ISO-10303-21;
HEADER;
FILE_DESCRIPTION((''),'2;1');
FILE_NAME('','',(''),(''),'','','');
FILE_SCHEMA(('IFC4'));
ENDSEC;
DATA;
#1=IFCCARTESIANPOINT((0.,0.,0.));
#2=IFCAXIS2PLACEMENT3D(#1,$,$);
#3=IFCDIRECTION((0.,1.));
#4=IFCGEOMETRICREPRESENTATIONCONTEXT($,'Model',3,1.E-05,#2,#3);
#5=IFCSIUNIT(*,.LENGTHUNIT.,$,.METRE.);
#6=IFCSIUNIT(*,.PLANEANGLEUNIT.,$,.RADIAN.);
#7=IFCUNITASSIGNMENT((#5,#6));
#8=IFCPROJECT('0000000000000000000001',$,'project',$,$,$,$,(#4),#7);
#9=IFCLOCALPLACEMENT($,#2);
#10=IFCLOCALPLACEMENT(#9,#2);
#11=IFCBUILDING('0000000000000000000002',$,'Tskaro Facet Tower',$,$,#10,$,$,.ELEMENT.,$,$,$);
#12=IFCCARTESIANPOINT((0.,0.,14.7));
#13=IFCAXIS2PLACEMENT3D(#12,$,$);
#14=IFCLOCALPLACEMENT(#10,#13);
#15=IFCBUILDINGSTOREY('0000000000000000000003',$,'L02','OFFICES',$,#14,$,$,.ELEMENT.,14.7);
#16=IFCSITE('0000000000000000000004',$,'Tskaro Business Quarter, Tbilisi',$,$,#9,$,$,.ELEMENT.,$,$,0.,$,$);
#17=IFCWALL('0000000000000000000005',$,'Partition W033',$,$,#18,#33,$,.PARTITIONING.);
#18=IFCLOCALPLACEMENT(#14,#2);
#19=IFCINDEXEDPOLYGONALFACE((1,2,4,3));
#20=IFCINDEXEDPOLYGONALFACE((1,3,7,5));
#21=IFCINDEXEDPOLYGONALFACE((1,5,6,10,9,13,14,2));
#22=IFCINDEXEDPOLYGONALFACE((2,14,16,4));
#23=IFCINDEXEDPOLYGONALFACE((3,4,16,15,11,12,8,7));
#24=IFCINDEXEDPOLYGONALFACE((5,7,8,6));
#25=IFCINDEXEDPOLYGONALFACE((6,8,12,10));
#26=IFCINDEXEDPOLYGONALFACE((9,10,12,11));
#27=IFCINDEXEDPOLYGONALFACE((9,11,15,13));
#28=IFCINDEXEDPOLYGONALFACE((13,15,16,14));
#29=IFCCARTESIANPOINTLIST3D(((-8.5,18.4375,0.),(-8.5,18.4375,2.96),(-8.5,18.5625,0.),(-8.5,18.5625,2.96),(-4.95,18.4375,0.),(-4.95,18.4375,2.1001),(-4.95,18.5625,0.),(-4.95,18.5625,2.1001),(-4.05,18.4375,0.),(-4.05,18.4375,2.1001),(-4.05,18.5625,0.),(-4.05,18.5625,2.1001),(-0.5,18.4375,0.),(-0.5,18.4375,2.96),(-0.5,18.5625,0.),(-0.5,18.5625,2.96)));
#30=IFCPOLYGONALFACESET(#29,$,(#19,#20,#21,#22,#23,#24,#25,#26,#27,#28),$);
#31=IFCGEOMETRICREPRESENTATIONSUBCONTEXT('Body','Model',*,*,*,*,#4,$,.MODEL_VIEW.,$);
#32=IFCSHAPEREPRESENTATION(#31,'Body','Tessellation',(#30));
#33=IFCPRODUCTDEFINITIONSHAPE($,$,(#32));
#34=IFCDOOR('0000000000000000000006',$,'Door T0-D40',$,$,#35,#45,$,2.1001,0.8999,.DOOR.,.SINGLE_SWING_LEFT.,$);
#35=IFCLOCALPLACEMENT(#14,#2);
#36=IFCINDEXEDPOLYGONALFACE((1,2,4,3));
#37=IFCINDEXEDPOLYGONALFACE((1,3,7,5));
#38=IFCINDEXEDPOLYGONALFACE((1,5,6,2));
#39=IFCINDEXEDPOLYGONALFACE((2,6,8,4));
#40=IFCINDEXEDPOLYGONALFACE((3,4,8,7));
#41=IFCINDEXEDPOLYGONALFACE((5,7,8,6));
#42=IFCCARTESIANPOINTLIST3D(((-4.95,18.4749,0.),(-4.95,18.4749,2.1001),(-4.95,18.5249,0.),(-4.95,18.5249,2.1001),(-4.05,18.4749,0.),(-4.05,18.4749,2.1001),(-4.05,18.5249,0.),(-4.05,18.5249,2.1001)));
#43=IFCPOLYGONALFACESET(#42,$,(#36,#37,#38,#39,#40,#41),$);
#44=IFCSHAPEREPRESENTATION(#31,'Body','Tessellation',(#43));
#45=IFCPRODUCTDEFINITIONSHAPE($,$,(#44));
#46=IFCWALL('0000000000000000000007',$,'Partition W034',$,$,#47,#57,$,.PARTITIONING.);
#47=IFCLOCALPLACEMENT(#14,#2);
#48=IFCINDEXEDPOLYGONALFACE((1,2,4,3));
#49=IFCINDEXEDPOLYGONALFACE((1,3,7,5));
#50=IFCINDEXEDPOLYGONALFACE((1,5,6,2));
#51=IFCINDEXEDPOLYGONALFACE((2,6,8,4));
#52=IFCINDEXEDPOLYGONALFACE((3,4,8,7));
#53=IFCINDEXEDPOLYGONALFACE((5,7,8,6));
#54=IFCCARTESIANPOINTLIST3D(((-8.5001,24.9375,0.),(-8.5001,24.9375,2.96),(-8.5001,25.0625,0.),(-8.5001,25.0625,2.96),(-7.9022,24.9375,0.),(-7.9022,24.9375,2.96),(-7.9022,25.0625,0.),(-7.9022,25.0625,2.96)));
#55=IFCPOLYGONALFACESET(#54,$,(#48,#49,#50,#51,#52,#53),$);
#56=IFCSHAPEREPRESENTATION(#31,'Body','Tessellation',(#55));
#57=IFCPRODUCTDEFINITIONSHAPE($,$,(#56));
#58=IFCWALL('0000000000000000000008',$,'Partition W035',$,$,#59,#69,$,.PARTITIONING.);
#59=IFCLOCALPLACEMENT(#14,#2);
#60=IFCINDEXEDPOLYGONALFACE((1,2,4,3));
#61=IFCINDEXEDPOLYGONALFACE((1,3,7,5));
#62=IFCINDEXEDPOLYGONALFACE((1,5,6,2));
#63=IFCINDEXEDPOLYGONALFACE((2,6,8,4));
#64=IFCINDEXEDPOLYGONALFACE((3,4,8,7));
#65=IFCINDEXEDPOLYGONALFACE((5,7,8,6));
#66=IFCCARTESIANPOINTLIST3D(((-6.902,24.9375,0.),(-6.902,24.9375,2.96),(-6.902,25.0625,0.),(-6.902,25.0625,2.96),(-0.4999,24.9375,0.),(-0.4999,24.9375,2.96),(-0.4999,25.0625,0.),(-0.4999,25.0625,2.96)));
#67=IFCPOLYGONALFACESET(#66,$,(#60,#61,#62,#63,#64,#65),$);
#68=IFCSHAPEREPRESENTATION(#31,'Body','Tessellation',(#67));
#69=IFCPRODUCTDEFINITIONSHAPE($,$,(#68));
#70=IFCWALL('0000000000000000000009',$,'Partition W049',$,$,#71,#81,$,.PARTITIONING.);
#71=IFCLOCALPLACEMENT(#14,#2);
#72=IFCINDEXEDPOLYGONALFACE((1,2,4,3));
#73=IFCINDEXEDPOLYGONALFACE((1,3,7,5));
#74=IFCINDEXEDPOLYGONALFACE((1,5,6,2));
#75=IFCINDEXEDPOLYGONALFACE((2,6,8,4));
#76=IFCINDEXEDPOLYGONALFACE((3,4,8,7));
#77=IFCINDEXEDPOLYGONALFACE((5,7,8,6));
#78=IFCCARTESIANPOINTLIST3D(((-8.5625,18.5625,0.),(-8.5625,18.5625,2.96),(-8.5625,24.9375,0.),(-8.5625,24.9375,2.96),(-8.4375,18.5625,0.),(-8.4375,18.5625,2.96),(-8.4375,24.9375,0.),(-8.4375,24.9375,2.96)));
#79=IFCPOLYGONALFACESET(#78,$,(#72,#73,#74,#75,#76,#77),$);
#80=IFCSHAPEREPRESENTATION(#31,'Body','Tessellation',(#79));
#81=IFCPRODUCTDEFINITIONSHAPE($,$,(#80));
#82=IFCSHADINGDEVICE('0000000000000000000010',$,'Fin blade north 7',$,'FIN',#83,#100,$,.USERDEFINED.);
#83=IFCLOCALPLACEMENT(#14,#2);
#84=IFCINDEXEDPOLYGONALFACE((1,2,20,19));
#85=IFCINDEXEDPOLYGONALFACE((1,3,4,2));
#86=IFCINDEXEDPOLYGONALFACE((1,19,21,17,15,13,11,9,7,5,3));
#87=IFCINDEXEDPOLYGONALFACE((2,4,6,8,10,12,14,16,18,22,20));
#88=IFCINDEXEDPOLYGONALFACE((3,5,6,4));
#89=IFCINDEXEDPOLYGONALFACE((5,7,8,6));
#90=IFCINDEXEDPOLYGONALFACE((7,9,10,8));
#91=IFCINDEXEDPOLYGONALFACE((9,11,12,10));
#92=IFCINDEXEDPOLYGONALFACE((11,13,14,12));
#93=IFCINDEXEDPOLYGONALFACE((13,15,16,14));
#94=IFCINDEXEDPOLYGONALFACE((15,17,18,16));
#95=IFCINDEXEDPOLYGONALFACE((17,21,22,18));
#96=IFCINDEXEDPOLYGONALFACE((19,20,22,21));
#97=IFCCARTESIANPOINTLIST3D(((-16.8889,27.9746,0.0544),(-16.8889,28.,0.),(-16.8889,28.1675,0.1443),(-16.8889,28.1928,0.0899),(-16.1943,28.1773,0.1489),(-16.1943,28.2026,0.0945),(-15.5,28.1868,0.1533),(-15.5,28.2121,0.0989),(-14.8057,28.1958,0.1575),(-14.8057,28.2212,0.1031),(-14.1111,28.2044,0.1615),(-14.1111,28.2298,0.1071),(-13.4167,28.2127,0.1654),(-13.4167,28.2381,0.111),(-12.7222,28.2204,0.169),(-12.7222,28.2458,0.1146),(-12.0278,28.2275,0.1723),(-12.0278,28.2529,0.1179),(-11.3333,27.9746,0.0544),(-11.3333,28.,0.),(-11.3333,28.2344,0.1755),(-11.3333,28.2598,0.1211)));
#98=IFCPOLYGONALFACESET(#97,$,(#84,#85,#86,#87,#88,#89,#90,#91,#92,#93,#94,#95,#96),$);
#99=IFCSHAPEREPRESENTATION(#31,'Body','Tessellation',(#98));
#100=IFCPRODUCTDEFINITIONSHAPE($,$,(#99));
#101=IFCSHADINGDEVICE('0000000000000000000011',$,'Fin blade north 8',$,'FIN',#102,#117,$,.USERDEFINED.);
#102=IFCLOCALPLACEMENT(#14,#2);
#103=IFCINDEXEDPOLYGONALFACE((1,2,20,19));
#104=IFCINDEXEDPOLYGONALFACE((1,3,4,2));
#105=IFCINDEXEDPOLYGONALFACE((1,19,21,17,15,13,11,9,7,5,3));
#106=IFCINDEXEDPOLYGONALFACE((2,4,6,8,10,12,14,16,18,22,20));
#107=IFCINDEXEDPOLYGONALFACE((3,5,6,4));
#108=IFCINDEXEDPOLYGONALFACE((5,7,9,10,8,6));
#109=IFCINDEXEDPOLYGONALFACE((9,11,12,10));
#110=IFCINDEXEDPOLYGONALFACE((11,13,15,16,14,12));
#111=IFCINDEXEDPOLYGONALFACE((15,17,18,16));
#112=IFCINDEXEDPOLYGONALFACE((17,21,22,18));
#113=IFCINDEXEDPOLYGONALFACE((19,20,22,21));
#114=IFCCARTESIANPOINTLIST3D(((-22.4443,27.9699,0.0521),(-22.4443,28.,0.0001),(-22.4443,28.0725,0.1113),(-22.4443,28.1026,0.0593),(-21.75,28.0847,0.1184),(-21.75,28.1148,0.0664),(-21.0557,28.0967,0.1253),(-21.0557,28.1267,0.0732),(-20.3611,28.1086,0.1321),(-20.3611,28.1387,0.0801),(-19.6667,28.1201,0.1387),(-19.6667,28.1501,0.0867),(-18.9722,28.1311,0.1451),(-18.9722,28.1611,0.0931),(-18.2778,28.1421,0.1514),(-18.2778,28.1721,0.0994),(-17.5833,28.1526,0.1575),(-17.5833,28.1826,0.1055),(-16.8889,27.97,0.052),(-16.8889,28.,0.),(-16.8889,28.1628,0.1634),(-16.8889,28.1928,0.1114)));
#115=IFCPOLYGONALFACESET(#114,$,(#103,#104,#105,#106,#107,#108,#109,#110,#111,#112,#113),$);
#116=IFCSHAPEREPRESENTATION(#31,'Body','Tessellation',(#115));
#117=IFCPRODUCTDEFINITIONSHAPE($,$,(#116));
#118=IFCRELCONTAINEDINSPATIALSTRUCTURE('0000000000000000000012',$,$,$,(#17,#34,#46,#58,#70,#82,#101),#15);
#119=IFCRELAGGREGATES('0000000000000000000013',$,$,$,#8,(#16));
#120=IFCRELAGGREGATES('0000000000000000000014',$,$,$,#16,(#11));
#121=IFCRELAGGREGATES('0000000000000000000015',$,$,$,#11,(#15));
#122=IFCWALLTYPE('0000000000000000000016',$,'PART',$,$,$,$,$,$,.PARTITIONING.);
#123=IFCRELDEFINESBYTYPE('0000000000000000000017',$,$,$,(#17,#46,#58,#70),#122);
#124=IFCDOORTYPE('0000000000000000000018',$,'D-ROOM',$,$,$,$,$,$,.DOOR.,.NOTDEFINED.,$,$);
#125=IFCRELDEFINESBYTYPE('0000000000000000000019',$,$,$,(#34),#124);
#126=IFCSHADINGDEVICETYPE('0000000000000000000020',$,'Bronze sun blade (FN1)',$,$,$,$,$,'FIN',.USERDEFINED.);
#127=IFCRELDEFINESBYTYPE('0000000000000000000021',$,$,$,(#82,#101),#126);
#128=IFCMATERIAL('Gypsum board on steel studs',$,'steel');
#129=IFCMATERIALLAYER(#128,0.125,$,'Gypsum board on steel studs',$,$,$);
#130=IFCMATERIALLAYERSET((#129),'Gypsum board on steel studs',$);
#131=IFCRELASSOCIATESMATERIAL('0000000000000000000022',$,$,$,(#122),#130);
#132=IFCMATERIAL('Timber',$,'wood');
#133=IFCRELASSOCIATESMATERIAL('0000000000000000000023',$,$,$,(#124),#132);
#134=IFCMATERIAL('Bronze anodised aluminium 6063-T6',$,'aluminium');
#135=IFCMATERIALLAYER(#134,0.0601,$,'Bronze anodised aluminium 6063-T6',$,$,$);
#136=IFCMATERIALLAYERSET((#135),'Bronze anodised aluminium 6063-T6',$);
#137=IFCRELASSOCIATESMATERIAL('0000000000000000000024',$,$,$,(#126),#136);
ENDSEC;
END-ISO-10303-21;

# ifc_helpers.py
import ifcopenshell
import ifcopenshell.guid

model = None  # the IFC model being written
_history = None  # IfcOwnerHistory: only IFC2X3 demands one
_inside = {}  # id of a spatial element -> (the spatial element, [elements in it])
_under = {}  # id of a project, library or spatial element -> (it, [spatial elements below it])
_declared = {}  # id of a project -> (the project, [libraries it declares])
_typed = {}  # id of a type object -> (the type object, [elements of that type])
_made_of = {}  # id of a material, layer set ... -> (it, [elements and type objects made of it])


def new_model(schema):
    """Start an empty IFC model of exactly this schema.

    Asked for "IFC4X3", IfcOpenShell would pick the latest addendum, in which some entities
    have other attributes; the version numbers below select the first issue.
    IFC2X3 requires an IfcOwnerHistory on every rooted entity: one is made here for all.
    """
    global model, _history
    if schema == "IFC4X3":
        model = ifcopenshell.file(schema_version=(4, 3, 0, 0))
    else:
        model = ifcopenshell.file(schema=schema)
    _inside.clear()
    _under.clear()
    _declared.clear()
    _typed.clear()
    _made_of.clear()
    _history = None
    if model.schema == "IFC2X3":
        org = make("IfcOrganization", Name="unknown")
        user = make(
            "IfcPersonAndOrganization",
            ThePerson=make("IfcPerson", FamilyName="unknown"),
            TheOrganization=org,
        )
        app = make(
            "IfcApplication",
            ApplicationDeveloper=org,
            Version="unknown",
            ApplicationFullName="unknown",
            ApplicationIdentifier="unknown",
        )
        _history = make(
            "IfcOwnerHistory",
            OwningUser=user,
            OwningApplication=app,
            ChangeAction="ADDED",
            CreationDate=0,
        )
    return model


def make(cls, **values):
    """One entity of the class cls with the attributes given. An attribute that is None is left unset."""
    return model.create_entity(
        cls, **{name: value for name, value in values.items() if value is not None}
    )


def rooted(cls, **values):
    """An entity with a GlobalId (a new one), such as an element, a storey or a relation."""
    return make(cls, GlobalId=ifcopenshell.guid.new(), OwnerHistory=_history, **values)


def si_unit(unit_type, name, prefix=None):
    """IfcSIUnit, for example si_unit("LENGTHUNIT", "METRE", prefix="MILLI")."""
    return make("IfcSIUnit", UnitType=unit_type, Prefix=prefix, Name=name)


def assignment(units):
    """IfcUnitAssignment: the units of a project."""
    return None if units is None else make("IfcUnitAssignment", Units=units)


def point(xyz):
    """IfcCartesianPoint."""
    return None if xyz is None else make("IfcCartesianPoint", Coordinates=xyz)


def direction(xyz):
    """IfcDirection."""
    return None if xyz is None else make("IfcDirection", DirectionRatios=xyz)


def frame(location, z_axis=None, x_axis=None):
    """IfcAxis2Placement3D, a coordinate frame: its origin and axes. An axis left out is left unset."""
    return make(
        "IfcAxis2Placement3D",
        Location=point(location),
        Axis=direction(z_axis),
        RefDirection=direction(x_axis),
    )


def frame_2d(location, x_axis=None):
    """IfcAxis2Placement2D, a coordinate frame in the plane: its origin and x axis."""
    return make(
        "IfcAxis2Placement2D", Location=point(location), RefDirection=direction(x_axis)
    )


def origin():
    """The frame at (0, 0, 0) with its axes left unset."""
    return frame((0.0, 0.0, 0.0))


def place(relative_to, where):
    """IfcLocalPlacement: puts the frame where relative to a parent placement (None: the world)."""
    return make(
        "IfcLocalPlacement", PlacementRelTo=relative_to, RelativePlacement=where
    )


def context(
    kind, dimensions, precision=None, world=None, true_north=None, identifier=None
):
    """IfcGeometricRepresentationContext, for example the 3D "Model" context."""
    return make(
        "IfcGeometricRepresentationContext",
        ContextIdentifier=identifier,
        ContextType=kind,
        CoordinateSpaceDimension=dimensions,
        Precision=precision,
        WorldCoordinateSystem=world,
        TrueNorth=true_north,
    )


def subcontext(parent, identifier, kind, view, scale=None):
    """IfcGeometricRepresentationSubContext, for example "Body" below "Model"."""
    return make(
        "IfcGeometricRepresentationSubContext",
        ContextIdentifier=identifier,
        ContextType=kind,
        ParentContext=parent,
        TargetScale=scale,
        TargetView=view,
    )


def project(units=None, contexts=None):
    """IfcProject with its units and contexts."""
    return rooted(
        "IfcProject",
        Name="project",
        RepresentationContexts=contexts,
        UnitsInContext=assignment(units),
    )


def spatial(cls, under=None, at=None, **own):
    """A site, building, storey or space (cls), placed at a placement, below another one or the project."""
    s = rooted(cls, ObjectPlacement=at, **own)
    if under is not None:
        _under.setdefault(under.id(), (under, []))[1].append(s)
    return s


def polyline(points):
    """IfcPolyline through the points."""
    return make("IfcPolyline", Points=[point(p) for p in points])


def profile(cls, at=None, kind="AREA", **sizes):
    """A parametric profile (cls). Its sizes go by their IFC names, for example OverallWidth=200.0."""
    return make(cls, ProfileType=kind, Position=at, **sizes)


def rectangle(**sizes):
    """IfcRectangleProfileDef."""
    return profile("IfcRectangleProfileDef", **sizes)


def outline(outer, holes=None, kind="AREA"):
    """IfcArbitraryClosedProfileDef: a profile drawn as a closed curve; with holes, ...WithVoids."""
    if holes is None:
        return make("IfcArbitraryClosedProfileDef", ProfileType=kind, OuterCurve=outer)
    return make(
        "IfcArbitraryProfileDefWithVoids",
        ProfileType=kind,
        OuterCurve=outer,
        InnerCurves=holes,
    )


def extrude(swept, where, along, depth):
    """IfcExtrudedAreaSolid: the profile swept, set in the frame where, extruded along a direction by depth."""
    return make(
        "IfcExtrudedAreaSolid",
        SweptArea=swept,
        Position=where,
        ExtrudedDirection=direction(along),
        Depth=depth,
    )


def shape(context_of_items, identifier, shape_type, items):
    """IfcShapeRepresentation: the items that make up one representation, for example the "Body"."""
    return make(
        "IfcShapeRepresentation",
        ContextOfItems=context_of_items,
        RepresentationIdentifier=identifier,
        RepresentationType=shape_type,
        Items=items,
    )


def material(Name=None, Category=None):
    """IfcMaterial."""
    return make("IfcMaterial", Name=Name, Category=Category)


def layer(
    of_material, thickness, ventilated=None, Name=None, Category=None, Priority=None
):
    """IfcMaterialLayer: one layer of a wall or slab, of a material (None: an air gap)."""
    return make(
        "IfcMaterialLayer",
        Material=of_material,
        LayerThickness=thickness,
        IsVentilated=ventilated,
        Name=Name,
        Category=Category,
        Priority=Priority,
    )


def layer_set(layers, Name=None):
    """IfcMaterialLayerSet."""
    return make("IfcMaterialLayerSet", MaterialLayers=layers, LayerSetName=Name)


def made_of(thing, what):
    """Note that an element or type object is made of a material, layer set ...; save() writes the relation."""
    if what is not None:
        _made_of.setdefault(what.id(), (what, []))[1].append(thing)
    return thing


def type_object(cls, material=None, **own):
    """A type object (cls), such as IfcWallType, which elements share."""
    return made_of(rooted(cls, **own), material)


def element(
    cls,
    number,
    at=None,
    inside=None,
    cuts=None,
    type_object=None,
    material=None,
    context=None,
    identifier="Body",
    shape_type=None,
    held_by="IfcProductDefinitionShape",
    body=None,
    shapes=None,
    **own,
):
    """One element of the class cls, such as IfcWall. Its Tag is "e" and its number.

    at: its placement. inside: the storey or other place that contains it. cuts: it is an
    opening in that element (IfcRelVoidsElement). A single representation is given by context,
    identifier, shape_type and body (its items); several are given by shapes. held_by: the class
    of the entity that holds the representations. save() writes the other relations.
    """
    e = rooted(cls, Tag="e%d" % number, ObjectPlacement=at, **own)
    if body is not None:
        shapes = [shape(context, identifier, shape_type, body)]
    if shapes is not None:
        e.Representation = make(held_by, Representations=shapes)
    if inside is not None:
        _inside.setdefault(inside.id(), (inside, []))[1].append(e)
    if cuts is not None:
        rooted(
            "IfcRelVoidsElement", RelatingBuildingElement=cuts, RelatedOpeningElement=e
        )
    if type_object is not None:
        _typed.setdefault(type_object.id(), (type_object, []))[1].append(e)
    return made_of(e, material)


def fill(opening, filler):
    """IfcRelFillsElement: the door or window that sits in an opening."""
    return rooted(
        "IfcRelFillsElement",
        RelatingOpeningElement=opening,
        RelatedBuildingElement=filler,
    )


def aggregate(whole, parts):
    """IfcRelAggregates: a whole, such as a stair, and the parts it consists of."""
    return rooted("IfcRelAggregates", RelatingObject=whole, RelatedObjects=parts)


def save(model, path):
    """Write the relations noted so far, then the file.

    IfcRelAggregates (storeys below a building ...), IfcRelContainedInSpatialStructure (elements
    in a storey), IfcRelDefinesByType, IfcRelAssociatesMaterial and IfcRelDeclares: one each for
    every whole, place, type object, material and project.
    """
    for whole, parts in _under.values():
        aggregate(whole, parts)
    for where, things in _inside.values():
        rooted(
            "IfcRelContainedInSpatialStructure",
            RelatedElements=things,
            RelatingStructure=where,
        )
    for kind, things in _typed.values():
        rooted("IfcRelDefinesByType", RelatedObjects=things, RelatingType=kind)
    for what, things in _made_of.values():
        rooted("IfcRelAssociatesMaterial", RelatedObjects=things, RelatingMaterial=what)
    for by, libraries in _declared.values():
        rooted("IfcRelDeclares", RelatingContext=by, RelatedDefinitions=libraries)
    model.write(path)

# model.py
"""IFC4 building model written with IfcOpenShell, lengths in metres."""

from ifc_helpers import new_model, si_unit, direction, frame, frame_2d, origin, place, context, subcontext, project, spatial, polyline, rectangle, outline, extrude, material, layer, layer_set, type_object, element, fill, save


model = new_model("IFC4")

# Units and contexts
model_context = context("Model", 3, precision=1e-05, world=origin(), true_north=direction((0.0, 1.0)))
body_context = subcontext(model_context, "Body", "Model", "MODEL_VIEW")
ifc_project = project(units=[si_unit("LENGTHUNIT", "METRE"), si_unit("PLANEANGLEUNIT", "RADIAN")], contexts=[model_context])

# Site, building, storey
site_placement = place(None, origin())
site = spatial("IfcSite", under=ifc_project, at=site_placement, Name="Tskaro Business Quarter, Tbilisi", CompositionType="ELEMENT", RefElevation=0.0)
building_placement = place(site_placement, origin())
building = spatial("IfcBuilding", under=site, at=building_placement, Name="Tskaro Facet Tower", CompositionType="ELEMENT")
storey_placement = place(building_placement, frame((0.0, 0.0, 14.7)))
storey = spatial("IfcBuildingStorey", under=building, at=storey_placement, Name="L02", Description="OFFICES", CompositionType="ELEMENT", Elevation=14.7)

# Shared definitions
ifc_material_1 = material(Name="Bronze anodised aluminium 6063-T6", Category="aluminium")

# Wall, opening, door
ifc_material_2 = material(Name="Gypsum board on steel studs", Category="steel")
ifc_layer_1 = layer(ifc_material_2, 0.125, Name="Gypsum board on steel studs")
ifc_layer_set_1 = layer_set([ifc_layer_1], Name="Gypsum board on steel studs")
wall_type = type_object("IfcWallType", Name="PART", PredefinedType="PARTITIONING", material=ifc_layer_set_1)
wall_1_placement = place(storey_placement, frame((-8.5, 18.5, 0.0), z_axis=(0.0, 0.0, 1.0), x_axis=(1.0, 0.0, 0.0)))
wall_1 = element("IfcWall", 1, at=wall_1_placement, inside=storey, type_object=wall_type, Name="Partition W033", PredefinedType="PARTITIONING", context=body_context, shape_type="SweptSolid", body=[
    extrude(rectangle(XDim=8.0, YDim=0.125, at=frame_2d((4.0, 0.0))), origin(), (0.0, 0.0, 1.0), 2.96),
])
opening_placement = place(wall_1_placement, frame((3.55, 0.0, 0.0)))
opening = element("IfcOpeningElement", 2, at=opening_placement, cuts=wall_1, PredefinedType="OPENING", context=body_context, shape_type="SweptSolid", body=[
    extrude(rectangle(XDim=0.8999, YDim=2.1001, at=frame_2d((0.45, 1.05))), frame((0.0, 0.0725, 0.0), z_axis=(0.0, -1.0, 0.0), x_axis=(1.0, 0.0, 0.0)), (0.0, 0.0, 1.0), 0.145),
])
ifc_material_3 = material(Name="Timber", Category="wood")
door_type = type_object("IfcDoorType", Name="D-ROOM", OperationType="NOTDEFINED", PredefinedType="DOOR", material=ifc_material_3)
door_placement = place(opening_placement, origin())
door = element("IfcDoor", 3, at=door_placement, inside=storey, type_object=door_type, Name="Door T0-D40", OperationType="SINGLE_SWING_LEFT", OverallHeight=2.1001, OverallWidth=0.8999, PredefinedType="DOOR", context=body_context, shape_type="SweptSolid", body=[
    extrude(rectangle(XDim=0.8999, YDim=2.1001, at=frame_2d((0.45, 1.05))), frame((0.0, 0.0249, 0.0), z_axis=(0.0, -1.0, 0.0), x_axis=(1.0, 0.0, 0.0)), (0.0, 0.0, 1.0), 0.05),
])
fill(opening, door)

# Walls
wall_2_placement = place(storey_placement, frame((-8.5, 25.0, 0.0), z_axis=(0.0, 0.0, 1.0), x_axis=(1.0, 0.0, 0.0)))
element("IfcWall", 4, at=wall_2_placement, inside=storey, type_object=wall_type, Name="Partition W034", PredefinedType="PARTITIONING", context=body_context, shape_type="SweptSolid", body=[
    extrude(rectangle(XDim=0.5979, YDim=0.125, at=frame_2d((0.2988, 0.0))), origin(), (0.0, 0.0, 1.0), 2.96),
])
wall_3_placement = place(storey_placement, frame((-6.9021, 25.0, 0.0), z_axis=(0.0, 0.0, 1.0), x_axis=(1.0, 0.0, 0.0)))
element("IfcWall", 5, at=wall_3_placement, inside=storey, type_object=wall_type, Name="Partition W035", PredefinedType="PARTITIONING", context=body_context, shape_type="SweptSolid", body=[
    extrude(rectangle(XDim=6.4021, YDim=0.125, at=frame_2d((3.2012, 0.0))), origin(), (0.0, 0.0, 1.0), 2.96),
])
wall_4_placement = place(storey_placement, frame((-8.5, 18.5625, 0.0), z_axis=(0.0, 0.0, 1.0), x_axis=(0.0, 1.0, 0.0)))
element("IfcWall", 6, at=wall_4_placement, inside=storey, type_object=wall_type, Name="Partition W049", PredefinedType="PARTITIONING", context=body_context, shape_type="SweptSolid", body=[
    extrude(rectangle(XDim=6.375, YDim=0.125, at=frame_2d((3.1875, 0.0))), origin(), (0.0, 0.0, 1.0), 2.96),
])

# Shading devices
ifc_layer_2 = layer(ifc_material_1, 0.0601, Name="Bronze anodised aluminium 6063-T6")
ifc_layer_set_2 = layer_set([ifc_layer_2], Name="Bronze anodised aluminium 6063-T6")
shading_device_type = type_object("IfcShadingDeviceType", Name="Bronze sun blade (FN1)", ElementType="FIN", PredefinedType="USERDEFINED", material=ifc_layer_set_2)
shading_device_1_placement = place(storey_placement, frame((-11.3333, 27.9746, 0.0544), z_axis=(-0.000005, -0.422508, 0.906359), x_axis=(-1.0, 0.000002, -0.000004)))
element("IfcShadingDevice", 7, at=shading_device_1_placement, inside=storey, type_object=shading_device_type, Name="Fin blade north 7", ObjectType="FIN", PredefinedType="USERDEFINED", context=body_context, shape_type="SweptSolid", body=[
    extrude(outline(polyline([(0.0, 0.0), (5.5557, 0.0), (5.5557, -0.2128), (4.8611, -0.2236), (4.1667, -0.2341), (3.4724, -0.244), (2.7778, -0.2535), (2.0835, -0.2627), (1.3889, -0.2712), (0.6946, -0.2791), (0.0, -0.2866), (0.0, 0.0)])), origin(), (0.0, 0.0, -1.0), 0.0601),
])
shading_device_2_placement = place(storey_placement, frame((-16.8889, 27.97, 0.052), z_axis=(0.000013, -0.500167, 0.865929), x_axis=(-1.0, -0.000007, 0.000011)))
element("IfcShadingDevice", 8, at=shading_device_2_placement, inside=storey, type_object=shading_device_type, Name="Fin blade north 8", ObjectType="FIN", PredefinedType="USERDEFINED", context=body_context, shape_type="SweptSolid", body=[
    extrude(outline(polyline([(0.0, 0.0), (5.5554, 0.0), (5.5554, -0.1185), (4.8611, -0.1326), (4.1667, -0.1464), (3.4722, -0.1601), (2.7778, -0.1734), (2.0833, -0.1861), (1.3889, -0.1987), (0.6943, -0.2109), (0.0, -0.2227), (0.0, 0.0)])), origin(), (0.0, 0.0, -1.0), 0.0601),
])

save(model, "model.ifc")
